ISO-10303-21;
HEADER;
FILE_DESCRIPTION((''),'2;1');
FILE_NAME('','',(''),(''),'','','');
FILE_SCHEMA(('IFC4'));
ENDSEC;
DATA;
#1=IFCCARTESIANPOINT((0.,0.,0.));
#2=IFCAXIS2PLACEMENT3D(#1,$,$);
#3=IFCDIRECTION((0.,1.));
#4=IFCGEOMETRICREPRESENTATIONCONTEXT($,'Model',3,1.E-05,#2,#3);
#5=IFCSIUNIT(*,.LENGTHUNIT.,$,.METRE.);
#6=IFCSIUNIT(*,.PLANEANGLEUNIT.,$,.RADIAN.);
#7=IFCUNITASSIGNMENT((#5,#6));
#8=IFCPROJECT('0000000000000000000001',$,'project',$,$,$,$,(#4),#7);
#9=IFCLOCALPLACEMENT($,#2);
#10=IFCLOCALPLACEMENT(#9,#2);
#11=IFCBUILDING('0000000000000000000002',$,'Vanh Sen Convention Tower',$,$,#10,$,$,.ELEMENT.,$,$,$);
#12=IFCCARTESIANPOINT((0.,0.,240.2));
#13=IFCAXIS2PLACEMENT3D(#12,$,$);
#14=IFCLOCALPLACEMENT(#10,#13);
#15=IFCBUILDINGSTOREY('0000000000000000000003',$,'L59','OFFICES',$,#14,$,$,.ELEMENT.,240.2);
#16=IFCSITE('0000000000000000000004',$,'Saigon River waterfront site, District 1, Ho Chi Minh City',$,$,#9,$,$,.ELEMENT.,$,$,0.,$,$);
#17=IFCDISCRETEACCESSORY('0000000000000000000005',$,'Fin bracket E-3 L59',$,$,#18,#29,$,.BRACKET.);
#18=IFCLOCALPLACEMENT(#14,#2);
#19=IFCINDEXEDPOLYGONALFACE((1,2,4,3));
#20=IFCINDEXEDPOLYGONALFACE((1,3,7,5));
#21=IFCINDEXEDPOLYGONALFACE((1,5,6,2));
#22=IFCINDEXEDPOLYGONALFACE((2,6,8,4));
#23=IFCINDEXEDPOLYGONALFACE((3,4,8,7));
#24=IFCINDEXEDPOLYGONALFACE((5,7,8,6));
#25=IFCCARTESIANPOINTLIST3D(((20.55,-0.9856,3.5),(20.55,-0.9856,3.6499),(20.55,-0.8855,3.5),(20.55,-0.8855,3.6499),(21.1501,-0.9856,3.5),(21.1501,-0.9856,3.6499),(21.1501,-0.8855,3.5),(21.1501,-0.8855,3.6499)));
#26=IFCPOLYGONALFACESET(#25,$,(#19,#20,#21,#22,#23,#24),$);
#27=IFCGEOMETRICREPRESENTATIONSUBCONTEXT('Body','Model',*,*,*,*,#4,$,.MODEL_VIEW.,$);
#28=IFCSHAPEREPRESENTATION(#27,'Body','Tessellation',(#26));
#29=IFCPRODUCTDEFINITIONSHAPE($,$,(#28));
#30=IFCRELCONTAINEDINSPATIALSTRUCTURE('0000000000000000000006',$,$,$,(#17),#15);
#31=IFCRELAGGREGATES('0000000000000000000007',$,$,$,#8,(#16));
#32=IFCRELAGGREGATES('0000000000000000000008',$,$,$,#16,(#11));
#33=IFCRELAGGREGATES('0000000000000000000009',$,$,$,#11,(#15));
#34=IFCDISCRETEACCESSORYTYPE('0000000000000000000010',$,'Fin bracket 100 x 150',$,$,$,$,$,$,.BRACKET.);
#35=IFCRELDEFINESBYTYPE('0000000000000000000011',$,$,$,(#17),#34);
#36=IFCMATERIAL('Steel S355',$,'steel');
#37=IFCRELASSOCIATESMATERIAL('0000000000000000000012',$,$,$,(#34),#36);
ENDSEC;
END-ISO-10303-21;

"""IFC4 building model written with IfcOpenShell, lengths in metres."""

from ifc_helpers import new_model, si_unit, direction, frame, origin, origin_2d, place, context, subcontext, project, spatial, rectangle, extrude, material, type_object, element, save


model = new_model("IFC4")

# Units and contexts
model_context = context("Model", 3, precision=1e-05, world=origin(), true_north=direction((0.0, 1.0)))
body_context = subcontext(model_context, "Body", "Model", "MODEL_VIEW")
ifc_project = project(units=[si_unit("LENGTHUNIT", "METRE"), si_unit("PLANEANGLEUNIT", "RADIAN")], contexts=[model_context])

# Site, building, storey
site_placement = place(None, origin())
site = spatial("IfcSite", under=ifc_project, at=site_placement, Name="Saigon River waterfront site, District 1, Ho Chi Minh City", CompositionType="ELEMENT", RefElevation=0.0)
building_placement = place(site_placement, origin())
building = spatial("IfcBuilding", under=site, at=building_placement, Name="Vanh Sen Convention Tower", CompositionType="ELEMENT")
storey_placement = place(building_placement, frame((0.0, 0.0, 240.2)))
storey = spatial("IfcBuildingStorey", under=building, at=storey_placement, Name="L59", Description="OFFICES", CompositionType="ELEMENT", Elevation=240.2)

# Discrete accessory
ifc_material_1 = material(Name="Steel S355", Category="steel")
discrete_accessory_type = type_object("IfcDiscreteAccessoryType", Name="Fin bracket 100 x 150", PredefinedType="BRACKET", material=ifc_material_1)
for number, where, z_axis, x_axis, name in (
    (1, (20.8501, -0.9355, 3.5), (0.0, 0.0, 1.0), (1.0, 0.0, 0.0), "Fin bracket E-3 L59"),
):
    element("IfcDiscreteAccessory", number, at=place(storey_placement, frame(where, z_axis=z_axis, x_axis=x_axis)), inside=storey, type_object=discrete_accessory_type, Name=name, PredefinedType="BRACKET", context=body_context, shape_type="SweptSolid", body=[
        extrude(rectangle(XDim=0.6001, YDim=0.1001, at=origin_2d()), origin(), (0.0, 0.0, 1.0), 0.1499),
    ])

save(model, "model.ifc")
